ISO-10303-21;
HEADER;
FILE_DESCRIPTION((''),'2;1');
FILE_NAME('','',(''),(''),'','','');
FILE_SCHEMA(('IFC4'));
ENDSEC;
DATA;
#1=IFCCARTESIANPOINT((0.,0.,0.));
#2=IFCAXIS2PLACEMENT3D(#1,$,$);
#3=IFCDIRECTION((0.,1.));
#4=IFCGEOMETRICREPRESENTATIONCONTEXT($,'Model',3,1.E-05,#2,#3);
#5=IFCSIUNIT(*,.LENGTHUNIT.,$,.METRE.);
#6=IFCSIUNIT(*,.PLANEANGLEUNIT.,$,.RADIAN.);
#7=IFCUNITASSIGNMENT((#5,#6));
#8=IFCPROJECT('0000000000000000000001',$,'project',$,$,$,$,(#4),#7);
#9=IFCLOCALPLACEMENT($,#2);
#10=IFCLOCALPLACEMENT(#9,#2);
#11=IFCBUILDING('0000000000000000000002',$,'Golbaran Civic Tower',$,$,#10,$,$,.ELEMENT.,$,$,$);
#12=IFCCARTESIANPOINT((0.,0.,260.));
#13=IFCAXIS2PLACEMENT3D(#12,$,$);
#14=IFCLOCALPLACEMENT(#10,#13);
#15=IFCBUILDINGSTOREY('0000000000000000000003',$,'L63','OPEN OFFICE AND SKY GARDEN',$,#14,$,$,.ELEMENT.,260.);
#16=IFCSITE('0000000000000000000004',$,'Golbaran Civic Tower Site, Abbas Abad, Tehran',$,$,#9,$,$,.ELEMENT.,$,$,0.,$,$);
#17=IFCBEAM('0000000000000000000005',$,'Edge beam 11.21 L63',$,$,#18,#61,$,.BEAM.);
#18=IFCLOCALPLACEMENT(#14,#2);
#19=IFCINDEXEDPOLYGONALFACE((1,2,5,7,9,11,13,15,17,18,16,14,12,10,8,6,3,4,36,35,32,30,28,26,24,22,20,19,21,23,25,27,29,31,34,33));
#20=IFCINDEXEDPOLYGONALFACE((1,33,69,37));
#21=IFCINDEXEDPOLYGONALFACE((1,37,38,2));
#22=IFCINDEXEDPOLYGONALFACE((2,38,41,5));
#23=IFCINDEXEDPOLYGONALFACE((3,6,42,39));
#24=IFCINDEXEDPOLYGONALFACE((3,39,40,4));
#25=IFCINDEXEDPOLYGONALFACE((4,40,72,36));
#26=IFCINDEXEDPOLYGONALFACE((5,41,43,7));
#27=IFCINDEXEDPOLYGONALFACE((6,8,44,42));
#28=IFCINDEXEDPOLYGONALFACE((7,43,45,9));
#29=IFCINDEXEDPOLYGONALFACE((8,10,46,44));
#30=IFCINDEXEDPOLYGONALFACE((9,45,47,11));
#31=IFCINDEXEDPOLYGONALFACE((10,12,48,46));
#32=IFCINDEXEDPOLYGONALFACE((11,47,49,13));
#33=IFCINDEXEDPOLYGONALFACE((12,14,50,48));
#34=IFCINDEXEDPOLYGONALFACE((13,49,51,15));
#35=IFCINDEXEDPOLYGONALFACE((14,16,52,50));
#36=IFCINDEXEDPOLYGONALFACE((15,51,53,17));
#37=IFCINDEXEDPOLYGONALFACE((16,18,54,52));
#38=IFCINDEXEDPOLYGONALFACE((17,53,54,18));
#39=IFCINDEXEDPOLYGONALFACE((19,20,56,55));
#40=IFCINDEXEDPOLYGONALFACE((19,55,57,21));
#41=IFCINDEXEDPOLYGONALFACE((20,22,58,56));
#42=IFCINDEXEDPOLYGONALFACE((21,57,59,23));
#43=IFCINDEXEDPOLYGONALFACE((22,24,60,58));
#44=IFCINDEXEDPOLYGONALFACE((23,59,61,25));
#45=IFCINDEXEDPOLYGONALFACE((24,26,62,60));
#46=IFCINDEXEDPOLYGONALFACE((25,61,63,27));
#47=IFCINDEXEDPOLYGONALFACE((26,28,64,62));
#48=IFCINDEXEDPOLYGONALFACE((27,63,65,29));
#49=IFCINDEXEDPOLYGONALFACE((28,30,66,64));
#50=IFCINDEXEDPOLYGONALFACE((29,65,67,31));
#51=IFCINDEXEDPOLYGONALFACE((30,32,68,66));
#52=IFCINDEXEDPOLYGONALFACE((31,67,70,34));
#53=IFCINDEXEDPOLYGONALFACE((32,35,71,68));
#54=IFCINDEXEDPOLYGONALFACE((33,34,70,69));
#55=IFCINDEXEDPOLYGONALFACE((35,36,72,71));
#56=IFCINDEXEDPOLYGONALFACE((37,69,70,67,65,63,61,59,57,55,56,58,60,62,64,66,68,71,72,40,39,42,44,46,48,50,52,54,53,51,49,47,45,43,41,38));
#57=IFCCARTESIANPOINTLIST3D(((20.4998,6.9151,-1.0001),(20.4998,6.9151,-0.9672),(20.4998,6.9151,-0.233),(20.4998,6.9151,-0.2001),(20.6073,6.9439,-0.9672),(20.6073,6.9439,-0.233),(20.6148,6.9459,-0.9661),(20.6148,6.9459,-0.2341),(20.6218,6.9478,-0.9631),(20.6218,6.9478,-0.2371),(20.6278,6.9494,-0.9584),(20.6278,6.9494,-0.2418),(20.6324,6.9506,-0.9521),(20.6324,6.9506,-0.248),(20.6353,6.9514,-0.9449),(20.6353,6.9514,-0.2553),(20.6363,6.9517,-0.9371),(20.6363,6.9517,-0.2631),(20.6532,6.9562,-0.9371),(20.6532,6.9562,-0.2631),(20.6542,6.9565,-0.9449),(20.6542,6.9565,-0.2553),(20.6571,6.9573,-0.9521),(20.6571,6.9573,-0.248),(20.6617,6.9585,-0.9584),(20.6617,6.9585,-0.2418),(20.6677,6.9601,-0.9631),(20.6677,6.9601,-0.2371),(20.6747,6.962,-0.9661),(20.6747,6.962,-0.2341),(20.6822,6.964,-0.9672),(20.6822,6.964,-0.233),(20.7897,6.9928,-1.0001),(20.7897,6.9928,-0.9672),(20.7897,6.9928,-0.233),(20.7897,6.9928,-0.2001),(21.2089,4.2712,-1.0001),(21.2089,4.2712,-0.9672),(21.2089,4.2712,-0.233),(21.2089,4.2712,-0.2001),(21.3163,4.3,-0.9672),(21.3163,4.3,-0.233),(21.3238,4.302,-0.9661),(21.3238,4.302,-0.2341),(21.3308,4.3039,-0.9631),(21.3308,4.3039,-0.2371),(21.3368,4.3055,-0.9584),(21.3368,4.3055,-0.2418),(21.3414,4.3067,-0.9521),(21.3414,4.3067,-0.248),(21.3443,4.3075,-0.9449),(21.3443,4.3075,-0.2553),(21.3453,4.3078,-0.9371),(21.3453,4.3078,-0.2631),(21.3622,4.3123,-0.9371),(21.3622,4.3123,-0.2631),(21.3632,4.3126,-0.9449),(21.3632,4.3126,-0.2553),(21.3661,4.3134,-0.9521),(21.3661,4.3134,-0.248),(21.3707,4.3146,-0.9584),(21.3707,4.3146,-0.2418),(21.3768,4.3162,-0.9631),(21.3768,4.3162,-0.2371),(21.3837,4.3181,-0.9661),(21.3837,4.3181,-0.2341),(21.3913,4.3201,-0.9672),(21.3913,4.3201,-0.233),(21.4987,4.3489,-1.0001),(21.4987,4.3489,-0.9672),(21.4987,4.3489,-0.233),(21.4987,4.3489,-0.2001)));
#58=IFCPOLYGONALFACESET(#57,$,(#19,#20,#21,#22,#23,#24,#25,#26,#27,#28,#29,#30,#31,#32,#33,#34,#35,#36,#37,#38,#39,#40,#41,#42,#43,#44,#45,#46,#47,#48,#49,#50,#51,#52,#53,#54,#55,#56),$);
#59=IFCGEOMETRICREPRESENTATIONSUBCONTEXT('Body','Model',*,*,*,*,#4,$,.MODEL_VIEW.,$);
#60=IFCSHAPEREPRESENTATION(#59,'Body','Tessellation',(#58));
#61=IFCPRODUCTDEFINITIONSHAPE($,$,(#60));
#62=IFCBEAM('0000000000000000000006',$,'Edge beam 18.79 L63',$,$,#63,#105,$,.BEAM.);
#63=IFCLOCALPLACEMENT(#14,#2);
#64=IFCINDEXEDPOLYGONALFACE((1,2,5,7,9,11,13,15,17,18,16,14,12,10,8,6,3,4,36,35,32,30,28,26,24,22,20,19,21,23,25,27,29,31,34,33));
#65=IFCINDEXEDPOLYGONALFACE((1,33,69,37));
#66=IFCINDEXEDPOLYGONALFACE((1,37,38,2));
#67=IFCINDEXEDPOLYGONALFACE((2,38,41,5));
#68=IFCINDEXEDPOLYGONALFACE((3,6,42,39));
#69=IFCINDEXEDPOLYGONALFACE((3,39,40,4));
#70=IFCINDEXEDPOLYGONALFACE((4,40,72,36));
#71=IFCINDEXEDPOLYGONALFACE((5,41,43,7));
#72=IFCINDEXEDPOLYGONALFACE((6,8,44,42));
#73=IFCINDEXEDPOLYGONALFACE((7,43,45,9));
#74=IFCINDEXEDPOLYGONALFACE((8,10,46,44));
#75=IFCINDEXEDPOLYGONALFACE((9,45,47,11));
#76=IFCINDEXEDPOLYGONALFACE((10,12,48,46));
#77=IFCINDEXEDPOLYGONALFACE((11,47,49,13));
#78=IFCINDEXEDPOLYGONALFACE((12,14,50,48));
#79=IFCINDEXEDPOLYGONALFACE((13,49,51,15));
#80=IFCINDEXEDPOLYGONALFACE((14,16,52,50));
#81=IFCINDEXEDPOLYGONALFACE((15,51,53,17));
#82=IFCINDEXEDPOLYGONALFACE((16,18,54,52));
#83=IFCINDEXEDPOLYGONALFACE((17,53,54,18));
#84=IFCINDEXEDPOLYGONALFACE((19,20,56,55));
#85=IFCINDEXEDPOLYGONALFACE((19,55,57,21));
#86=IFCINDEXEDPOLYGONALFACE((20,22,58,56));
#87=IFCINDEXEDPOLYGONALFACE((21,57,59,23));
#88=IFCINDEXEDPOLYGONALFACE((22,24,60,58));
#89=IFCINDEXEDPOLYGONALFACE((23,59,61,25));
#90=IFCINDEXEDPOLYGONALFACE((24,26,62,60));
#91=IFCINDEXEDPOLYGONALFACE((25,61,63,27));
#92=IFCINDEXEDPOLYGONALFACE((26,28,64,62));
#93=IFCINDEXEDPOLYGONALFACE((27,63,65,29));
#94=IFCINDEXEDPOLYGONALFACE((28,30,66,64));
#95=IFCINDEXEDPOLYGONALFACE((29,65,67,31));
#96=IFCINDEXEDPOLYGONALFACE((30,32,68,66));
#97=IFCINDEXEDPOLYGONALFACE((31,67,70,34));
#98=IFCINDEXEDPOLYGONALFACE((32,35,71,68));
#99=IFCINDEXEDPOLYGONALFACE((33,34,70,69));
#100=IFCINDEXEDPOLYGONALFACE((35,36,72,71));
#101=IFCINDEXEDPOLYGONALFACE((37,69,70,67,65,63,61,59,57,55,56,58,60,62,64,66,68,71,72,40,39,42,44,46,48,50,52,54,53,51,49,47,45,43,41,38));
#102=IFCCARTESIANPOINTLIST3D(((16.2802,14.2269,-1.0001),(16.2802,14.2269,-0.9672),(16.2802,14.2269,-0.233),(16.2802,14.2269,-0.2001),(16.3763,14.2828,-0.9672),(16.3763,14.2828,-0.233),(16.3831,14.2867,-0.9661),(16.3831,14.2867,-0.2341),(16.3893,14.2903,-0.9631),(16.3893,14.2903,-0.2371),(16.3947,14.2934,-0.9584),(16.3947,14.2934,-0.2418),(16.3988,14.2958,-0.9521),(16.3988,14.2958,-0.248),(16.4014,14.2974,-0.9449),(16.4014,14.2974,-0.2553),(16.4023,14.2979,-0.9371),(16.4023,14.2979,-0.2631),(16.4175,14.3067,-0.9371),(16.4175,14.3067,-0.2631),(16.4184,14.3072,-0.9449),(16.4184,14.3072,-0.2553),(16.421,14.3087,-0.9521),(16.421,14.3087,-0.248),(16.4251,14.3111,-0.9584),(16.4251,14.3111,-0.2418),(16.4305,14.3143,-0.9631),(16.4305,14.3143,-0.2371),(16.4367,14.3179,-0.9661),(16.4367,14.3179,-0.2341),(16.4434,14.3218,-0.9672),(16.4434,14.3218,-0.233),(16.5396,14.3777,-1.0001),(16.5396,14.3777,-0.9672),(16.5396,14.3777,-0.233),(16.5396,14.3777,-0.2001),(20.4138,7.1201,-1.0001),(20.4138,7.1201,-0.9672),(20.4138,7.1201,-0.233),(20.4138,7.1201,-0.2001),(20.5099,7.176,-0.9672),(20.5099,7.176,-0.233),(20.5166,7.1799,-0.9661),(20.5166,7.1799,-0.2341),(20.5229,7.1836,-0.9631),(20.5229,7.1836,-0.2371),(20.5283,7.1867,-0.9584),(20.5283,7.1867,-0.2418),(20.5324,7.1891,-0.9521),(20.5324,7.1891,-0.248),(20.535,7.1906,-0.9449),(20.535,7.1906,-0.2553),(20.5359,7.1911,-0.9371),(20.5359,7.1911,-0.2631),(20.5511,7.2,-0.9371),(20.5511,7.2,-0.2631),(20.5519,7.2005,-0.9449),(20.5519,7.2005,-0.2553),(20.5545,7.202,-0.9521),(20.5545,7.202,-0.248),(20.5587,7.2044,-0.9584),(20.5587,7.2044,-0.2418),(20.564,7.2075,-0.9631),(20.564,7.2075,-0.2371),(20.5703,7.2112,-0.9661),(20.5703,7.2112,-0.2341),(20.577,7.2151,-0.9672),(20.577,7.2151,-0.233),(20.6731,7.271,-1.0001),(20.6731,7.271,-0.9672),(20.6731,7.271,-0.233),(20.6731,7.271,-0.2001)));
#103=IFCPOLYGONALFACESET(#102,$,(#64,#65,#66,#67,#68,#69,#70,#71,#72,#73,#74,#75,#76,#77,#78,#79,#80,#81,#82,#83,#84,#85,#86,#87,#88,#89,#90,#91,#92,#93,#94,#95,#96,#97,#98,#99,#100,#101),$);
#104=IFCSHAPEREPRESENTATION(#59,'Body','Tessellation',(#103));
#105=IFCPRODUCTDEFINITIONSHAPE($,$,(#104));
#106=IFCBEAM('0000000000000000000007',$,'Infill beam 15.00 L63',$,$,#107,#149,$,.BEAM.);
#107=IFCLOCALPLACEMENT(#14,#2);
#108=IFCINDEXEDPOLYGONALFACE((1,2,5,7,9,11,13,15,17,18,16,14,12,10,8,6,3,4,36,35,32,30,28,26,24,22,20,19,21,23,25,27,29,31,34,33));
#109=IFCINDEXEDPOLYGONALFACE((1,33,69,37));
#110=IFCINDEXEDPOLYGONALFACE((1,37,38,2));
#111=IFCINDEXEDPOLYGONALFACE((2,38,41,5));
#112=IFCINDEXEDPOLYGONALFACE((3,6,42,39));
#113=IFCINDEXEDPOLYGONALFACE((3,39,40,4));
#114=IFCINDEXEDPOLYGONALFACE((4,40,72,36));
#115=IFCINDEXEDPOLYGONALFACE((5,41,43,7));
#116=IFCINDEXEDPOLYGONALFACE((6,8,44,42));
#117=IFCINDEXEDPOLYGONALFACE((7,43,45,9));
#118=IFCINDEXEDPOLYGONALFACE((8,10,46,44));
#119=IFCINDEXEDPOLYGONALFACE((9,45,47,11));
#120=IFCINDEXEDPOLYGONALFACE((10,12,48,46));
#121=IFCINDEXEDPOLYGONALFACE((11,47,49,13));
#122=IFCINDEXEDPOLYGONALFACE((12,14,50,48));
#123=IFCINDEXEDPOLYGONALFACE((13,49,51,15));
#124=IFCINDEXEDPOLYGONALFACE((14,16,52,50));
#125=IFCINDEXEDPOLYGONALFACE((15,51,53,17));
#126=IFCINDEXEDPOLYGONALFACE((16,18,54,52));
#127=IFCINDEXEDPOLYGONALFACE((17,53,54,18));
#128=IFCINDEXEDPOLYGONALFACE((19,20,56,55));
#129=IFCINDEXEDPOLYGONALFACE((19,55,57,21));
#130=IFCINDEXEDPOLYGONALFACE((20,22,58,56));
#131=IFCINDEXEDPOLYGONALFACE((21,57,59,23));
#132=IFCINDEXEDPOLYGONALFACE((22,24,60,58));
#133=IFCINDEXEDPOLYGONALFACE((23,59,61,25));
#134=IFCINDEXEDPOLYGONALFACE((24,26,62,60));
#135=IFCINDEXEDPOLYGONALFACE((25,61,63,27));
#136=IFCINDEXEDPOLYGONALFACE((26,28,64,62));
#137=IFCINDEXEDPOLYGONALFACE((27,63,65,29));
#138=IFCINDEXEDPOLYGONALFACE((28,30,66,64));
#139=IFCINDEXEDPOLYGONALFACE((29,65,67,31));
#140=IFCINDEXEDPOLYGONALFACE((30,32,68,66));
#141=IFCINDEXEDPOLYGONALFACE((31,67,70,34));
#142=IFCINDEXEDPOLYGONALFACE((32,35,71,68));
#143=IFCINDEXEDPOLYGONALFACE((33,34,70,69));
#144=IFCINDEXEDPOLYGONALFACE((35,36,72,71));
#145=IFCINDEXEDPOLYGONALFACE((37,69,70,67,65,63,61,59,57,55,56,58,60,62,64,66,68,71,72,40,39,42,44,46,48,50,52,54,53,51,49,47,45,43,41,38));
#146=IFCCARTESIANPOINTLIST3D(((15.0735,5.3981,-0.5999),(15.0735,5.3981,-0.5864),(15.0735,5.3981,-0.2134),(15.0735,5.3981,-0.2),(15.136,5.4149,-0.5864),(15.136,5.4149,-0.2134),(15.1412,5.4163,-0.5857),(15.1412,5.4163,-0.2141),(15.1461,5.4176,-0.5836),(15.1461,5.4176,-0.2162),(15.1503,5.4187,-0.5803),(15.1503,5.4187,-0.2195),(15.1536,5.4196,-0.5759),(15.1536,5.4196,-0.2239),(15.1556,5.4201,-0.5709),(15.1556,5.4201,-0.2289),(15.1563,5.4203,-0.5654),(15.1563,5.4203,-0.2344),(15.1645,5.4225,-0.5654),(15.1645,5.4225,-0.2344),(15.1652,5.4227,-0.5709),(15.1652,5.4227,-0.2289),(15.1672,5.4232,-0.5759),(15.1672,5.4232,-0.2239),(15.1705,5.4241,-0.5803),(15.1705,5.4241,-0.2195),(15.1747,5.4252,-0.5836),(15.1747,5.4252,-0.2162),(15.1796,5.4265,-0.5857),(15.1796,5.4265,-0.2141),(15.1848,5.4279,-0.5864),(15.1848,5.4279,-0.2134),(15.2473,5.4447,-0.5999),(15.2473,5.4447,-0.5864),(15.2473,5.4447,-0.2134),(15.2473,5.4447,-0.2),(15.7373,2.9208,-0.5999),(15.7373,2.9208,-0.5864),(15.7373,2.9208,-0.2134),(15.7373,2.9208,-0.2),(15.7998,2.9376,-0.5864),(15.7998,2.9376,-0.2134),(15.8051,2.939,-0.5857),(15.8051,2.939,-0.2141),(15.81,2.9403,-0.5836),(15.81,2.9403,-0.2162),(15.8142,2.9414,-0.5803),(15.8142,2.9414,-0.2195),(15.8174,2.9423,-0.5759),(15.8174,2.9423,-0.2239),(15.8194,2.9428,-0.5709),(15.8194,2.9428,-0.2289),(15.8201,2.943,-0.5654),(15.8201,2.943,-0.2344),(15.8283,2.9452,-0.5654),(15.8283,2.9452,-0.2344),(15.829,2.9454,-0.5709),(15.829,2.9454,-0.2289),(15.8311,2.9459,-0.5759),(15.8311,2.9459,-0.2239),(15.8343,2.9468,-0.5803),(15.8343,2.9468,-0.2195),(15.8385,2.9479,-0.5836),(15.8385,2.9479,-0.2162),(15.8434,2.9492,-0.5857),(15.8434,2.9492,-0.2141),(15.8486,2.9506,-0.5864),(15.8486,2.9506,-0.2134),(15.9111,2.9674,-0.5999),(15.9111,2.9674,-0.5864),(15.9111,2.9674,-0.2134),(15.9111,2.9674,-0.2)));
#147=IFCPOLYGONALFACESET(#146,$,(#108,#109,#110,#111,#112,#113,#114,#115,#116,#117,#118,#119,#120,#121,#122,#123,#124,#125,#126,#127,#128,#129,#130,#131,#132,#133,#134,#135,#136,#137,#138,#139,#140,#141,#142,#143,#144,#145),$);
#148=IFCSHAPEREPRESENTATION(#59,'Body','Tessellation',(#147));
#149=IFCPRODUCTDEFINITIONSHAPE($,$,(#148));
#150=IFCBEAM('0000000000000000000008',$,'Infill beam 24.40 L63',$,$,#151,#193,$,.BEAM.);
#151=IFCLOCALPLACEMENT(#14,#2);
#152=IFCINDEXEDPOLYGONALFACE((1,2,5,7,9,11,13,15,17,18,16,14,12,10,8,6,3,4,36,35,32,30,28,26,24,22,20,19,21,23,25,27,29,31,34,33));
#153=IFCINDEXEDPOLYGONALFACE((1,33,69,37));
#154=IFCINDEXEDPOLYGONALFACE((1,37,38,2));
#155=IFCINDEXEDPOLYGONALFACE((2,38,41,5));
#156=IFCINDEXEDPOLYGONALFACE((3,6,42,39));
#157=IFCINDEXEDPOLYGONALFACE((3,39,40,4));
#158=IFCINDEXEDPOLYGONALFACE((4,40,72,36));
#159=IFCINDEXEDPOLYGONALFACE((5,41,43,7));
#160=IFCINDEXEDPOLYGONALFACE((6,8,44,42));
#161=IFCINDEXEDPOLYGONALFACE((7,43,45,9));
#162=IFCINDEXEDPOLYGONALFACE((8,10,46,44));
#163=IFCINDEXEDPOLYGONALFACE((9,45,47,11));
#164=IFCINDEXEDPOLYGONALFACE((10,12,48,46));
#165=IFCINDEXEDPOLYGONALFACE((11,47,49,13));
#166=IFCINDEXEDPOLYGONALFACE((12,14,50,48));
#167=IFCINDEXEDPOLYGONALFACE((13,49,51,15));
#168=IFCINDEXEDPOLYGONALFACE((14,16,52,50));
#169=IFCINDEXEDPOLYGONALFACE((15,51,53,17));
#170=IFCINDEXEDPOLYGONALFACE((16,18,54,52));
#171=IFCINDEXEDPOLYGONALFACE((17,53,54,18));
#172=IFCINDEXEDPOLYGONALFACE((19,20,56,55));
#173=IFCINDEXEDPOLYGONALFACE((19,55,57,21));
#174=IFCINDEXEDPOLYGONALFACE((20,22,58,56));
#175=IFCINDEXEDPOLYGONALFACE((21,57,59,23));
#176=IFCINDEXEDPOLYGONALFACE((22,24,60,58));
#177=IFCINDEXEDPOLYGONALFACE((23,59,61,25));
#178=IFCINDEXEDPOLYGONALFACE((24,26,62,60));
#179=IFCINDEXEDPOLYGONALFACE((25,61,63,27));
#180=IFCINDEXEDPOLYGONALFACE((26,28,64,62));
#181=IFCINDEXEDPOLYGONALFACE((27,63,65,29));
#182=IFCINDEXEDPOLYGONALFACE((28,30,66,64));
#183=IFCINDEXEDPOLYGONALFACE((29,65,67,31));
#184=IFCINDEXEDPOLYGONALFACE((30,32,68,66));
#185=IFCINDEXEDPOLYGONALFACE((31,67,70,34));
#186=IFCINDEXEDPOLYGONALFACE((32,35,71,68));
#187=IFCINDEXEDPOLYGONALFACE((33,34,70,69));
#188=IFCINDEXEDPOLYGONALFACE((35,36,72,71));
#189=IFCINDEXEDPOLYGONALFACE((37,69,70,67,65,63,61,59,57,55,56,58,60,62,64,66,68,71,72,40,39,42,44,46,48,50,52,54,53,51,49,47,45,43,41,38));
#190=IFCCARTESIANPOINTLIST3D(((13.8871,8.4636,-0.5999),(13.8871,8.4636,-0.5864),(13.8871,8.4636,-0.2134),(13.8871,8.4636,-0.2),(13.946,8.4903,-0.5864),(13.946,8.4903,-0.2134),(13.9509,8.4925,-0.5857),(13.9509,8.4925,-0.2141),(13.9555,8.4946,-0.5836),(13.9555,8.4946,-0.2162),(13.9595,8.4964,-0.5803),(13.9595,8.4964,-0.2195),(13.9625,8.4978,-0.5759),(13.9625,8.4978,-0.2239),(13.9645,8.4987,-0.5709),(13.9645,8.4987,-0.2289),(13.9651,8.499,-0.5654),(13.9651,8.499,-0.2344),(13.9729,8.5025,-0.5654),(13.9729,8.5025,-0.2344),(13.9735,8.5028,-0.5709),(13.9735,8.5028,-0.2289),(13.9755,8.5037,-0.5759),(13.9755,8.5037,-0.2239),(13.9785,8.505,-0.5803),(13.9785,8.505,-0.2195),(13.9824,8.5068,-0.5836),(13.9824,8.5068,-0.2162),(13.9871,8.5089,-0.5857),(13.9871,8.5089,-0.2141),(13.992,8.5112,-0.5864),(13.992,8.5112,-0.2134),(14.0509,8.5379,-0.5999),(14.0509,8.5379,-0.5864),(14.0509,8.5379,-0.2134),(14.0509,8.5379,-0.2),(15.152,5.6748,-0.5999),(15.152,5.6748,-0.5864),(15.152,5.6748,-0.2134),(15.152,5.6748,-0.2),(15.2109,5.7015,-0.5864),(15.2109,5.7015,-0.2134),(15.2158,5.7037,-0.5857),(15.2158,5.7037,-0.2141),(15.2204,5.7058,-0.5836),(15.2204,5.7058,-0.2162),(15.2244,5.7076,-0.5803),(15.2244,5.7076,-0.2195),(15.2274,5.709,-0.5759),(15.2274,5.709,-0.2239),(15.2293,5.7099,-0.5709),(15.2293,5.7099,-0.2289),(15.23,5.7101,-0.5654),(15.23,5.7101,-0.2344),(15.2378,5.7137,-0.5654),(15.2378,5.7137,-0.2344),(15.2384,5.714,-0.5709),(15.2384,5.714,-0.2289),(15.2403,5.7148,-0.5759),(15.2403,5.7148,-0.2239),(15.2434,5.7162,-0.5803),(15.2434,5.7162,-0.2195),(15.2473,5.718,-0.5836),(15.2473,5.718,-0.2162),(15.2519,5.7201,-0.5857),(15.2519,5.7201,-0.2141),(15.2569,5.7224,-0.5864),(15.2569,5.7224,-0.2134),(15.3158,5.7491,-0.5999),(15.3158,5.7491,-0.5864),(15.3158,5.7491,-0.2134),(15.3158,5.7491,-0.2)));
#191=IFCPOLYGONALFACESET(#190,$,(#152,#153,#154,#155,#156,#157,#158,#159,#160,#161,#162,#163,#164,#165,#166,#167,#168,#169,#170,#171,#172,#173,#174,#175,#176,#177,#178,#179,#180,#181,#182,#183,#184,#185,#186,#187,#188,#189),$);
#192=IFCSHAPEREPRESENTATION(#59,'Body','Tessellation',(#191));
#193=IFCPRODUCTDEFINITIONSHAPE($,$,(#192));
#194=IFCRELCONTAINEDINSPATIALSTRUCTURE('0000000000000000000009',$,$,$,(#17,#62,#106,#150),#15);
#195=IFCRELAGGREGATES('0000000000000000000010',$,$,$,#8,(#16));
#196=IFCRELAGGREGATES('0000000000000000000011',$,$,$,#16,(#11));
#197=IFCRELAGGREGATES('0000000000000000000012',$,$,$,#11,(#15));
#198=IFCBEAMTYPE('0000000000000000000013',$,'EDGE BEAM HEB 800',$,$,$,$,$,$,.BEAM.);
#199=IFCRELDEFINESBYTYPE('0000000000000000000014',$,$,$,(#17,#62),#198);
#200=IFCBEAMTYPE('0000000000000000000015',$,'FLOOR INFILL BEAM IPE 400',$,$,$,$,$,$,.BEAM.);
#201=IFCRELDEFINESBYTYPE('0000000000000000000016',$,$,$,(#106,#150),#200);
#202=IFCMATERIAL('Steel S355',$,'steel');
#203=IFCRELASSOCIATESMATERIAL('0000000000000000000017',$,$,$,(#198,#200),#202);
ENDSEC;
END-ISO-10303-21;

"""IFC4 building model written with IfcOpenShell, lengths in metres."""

from ifc_helpers import new_model, si_unit, direction, frame, origin, origin_2d, place, context, subcontext, project, spatial, i_section, extrude, material, material_profile, profile_set, type_object, element, save


model = new_model("IFC4")

# Units and contexts
model_context = context("Model", 3, precision=1e-05, world=origin(), true_north=direction((0.0, 1.0)))
body_context = subcontext(model_context, "Body", "Model", "MODEL_VIEW")
ifc_project = project(units=[si_unit("LENGTHUNIT", "METRE"), si_unit("PLANEANGLEUNIT", "RADIAN")], contexts=[model_context])

# Site, building, storey
site_placement = place(None, origin())
site = spatial("IfcSite", under=ifc_project, at=site_placement, Name="Golbaran Civic Tower Site, Abbas Abad, Tehran", CompositionType="ELEMENT", RefElevation=0.0)
building_placement = place(site_placement, origin())
building = spatial("IfcBuilding", under=site, at=building_placement, Name="Golbaran Civic Tower", CompositionType="ELEMENT")
storey_placement = place(building_placement, frame((0.0, 0.0, 260.0)))
storey = spatial("IfcBuildingStorey", under=building, at=storey_placement, Name="L63", Description="OPEN OFFICE AND SKY GARDEN", CompositionType="ELEMENT", Elevation=260.0)

# Beams
ifc_material_1 = material(Name="Steel S355", Category="steel")
ifc_material_profile_1 = material_profile(ifc_material_1, i_section(OverallWidth=0.3, OverallDepth=0.8, WebThickness=0.0176, FlangeThickness=0.033, FilletRadius=0.03, at=origin_2d()), Name="HEB 800")
ifc_profile_set_1 = profile_set([ifc_material_profile_1], Name="Steel S355")
beam_type_1 = type_object("IfcBeamType", Name="EDGE BEAM HEB 800", PredefinedType="BEAM", material=ifc_profile_set_1)
beam_1_placement = place(storey_placement, frame((21.3538, 4.3101, -0.6001), z_axis=(-0.259017, 0.965873, 0.0), x_axis=(-0.965873, -0.259017, 0.0)))
element("IfcBeam", 1, at=beam_1_placement, inside=storey, type_object=beam_type_1, Name="Edge beam 11.21 L63", PredefinedType="BEAM", context=body_context, shape_type="SweptSolid", body=[
    extrude(i_section(OverallWidth=0.3, OverallDepth=0.8, WebThickness=0.0176, FlangeThickness=0.033, FilletRadius=0.03, at=origin_2d()), origin(), (0.0, 0.0, 1.0), 2.7373),
])
beam_2_placement = place(storey_placement, frame((20.5435, 7.1956, -0.6001), z_axis=(-0.502779, 0.864415, 0.0), x_axis=(-0.864415, -0.502779, 0.0)))
element("IfcBeam", 2, at=beam_2_placement, inside=storey, type_object=beam_type_1, Name="Edge beam 18.79 L63", PredefinedType="BEAM", context=body_context, shape_type="SweptSolid", body=[
    extrude(i_section(OverallWidth=0.3, OverallDepth=0.8, WebThickness=0.0176, FlangeThickness=0.033, FilletRadius=0.03, at=origin_2d()), origin(), (0.0, 0.0, 1.0), 8.2214),
])
ifc_material_profile_2 = material_profile(ifc_material_1, i_section(OverallWidth=0.1799, OverallDepth=0.3999, WebThickness=0.0085, FlangeThickness=0.0134, FilletRadius=0.021, at=origin_2d()), Name="IPE 400")
ifc_profile_set_2 = profile_set([ifc_material_profile_2], Name="Steel S355")
beam_type_2 = type_object("IfcBeamType", Name="FLOOR INFILL BEAM IPE 400", PredefinedType="BEAM", material=ifc_profile_set_2)
beam_3_placement = place(storey_placement, frame((15.8242, 2.9441, -0.3999), z_axis=(-0.25883, 0.965923, 0.0), x_axis=(-0.965923, -0.25883, 0.0)))
element("IfcBeam", 3, at=beam_3_placement, inside=storey, type_object=beam_type_2, Name="Infill beam 15.00 L63", PredefinedType="BEAM", context=body_context, shape_type="SweptSolid", body=[
    extrude(i_section(OverallWidth=0.1799, OverallDepth=0.3999, WebThickness=0.0085, FlangeThickness=0.0134, FilletRadius=0.021, at=origin_2d()), origin(), (0.0, 0.0, 1.0), 2.5647),
])
beam_4_placement = place(storey_placement, frame((15.2339, 5.7119, -0.3999), z_axis=(-0.413058, 0.910705, 0.0), x_axis=(-0.910705, -0.413058, 0.0)))
element("IfcBeam", 4, at=beam_4_placement, inside=storey, type_object=beam_type_2, Name="Infill beam 24.40 L63", PredefinedType="BEAM", context=body_context, shape_type="SweptSolid", body=[
    extrude(i_section(OverallWidth=0.1799, OverallDepth=0.3999, WebThickness=0.0085, FlangeThickness=0.0134, FilletRadius=0.021, at=origin_2d()), origin(), (0.0, 0.0, 1.0), 3.0623),
])

save(model, "model.ifc")
